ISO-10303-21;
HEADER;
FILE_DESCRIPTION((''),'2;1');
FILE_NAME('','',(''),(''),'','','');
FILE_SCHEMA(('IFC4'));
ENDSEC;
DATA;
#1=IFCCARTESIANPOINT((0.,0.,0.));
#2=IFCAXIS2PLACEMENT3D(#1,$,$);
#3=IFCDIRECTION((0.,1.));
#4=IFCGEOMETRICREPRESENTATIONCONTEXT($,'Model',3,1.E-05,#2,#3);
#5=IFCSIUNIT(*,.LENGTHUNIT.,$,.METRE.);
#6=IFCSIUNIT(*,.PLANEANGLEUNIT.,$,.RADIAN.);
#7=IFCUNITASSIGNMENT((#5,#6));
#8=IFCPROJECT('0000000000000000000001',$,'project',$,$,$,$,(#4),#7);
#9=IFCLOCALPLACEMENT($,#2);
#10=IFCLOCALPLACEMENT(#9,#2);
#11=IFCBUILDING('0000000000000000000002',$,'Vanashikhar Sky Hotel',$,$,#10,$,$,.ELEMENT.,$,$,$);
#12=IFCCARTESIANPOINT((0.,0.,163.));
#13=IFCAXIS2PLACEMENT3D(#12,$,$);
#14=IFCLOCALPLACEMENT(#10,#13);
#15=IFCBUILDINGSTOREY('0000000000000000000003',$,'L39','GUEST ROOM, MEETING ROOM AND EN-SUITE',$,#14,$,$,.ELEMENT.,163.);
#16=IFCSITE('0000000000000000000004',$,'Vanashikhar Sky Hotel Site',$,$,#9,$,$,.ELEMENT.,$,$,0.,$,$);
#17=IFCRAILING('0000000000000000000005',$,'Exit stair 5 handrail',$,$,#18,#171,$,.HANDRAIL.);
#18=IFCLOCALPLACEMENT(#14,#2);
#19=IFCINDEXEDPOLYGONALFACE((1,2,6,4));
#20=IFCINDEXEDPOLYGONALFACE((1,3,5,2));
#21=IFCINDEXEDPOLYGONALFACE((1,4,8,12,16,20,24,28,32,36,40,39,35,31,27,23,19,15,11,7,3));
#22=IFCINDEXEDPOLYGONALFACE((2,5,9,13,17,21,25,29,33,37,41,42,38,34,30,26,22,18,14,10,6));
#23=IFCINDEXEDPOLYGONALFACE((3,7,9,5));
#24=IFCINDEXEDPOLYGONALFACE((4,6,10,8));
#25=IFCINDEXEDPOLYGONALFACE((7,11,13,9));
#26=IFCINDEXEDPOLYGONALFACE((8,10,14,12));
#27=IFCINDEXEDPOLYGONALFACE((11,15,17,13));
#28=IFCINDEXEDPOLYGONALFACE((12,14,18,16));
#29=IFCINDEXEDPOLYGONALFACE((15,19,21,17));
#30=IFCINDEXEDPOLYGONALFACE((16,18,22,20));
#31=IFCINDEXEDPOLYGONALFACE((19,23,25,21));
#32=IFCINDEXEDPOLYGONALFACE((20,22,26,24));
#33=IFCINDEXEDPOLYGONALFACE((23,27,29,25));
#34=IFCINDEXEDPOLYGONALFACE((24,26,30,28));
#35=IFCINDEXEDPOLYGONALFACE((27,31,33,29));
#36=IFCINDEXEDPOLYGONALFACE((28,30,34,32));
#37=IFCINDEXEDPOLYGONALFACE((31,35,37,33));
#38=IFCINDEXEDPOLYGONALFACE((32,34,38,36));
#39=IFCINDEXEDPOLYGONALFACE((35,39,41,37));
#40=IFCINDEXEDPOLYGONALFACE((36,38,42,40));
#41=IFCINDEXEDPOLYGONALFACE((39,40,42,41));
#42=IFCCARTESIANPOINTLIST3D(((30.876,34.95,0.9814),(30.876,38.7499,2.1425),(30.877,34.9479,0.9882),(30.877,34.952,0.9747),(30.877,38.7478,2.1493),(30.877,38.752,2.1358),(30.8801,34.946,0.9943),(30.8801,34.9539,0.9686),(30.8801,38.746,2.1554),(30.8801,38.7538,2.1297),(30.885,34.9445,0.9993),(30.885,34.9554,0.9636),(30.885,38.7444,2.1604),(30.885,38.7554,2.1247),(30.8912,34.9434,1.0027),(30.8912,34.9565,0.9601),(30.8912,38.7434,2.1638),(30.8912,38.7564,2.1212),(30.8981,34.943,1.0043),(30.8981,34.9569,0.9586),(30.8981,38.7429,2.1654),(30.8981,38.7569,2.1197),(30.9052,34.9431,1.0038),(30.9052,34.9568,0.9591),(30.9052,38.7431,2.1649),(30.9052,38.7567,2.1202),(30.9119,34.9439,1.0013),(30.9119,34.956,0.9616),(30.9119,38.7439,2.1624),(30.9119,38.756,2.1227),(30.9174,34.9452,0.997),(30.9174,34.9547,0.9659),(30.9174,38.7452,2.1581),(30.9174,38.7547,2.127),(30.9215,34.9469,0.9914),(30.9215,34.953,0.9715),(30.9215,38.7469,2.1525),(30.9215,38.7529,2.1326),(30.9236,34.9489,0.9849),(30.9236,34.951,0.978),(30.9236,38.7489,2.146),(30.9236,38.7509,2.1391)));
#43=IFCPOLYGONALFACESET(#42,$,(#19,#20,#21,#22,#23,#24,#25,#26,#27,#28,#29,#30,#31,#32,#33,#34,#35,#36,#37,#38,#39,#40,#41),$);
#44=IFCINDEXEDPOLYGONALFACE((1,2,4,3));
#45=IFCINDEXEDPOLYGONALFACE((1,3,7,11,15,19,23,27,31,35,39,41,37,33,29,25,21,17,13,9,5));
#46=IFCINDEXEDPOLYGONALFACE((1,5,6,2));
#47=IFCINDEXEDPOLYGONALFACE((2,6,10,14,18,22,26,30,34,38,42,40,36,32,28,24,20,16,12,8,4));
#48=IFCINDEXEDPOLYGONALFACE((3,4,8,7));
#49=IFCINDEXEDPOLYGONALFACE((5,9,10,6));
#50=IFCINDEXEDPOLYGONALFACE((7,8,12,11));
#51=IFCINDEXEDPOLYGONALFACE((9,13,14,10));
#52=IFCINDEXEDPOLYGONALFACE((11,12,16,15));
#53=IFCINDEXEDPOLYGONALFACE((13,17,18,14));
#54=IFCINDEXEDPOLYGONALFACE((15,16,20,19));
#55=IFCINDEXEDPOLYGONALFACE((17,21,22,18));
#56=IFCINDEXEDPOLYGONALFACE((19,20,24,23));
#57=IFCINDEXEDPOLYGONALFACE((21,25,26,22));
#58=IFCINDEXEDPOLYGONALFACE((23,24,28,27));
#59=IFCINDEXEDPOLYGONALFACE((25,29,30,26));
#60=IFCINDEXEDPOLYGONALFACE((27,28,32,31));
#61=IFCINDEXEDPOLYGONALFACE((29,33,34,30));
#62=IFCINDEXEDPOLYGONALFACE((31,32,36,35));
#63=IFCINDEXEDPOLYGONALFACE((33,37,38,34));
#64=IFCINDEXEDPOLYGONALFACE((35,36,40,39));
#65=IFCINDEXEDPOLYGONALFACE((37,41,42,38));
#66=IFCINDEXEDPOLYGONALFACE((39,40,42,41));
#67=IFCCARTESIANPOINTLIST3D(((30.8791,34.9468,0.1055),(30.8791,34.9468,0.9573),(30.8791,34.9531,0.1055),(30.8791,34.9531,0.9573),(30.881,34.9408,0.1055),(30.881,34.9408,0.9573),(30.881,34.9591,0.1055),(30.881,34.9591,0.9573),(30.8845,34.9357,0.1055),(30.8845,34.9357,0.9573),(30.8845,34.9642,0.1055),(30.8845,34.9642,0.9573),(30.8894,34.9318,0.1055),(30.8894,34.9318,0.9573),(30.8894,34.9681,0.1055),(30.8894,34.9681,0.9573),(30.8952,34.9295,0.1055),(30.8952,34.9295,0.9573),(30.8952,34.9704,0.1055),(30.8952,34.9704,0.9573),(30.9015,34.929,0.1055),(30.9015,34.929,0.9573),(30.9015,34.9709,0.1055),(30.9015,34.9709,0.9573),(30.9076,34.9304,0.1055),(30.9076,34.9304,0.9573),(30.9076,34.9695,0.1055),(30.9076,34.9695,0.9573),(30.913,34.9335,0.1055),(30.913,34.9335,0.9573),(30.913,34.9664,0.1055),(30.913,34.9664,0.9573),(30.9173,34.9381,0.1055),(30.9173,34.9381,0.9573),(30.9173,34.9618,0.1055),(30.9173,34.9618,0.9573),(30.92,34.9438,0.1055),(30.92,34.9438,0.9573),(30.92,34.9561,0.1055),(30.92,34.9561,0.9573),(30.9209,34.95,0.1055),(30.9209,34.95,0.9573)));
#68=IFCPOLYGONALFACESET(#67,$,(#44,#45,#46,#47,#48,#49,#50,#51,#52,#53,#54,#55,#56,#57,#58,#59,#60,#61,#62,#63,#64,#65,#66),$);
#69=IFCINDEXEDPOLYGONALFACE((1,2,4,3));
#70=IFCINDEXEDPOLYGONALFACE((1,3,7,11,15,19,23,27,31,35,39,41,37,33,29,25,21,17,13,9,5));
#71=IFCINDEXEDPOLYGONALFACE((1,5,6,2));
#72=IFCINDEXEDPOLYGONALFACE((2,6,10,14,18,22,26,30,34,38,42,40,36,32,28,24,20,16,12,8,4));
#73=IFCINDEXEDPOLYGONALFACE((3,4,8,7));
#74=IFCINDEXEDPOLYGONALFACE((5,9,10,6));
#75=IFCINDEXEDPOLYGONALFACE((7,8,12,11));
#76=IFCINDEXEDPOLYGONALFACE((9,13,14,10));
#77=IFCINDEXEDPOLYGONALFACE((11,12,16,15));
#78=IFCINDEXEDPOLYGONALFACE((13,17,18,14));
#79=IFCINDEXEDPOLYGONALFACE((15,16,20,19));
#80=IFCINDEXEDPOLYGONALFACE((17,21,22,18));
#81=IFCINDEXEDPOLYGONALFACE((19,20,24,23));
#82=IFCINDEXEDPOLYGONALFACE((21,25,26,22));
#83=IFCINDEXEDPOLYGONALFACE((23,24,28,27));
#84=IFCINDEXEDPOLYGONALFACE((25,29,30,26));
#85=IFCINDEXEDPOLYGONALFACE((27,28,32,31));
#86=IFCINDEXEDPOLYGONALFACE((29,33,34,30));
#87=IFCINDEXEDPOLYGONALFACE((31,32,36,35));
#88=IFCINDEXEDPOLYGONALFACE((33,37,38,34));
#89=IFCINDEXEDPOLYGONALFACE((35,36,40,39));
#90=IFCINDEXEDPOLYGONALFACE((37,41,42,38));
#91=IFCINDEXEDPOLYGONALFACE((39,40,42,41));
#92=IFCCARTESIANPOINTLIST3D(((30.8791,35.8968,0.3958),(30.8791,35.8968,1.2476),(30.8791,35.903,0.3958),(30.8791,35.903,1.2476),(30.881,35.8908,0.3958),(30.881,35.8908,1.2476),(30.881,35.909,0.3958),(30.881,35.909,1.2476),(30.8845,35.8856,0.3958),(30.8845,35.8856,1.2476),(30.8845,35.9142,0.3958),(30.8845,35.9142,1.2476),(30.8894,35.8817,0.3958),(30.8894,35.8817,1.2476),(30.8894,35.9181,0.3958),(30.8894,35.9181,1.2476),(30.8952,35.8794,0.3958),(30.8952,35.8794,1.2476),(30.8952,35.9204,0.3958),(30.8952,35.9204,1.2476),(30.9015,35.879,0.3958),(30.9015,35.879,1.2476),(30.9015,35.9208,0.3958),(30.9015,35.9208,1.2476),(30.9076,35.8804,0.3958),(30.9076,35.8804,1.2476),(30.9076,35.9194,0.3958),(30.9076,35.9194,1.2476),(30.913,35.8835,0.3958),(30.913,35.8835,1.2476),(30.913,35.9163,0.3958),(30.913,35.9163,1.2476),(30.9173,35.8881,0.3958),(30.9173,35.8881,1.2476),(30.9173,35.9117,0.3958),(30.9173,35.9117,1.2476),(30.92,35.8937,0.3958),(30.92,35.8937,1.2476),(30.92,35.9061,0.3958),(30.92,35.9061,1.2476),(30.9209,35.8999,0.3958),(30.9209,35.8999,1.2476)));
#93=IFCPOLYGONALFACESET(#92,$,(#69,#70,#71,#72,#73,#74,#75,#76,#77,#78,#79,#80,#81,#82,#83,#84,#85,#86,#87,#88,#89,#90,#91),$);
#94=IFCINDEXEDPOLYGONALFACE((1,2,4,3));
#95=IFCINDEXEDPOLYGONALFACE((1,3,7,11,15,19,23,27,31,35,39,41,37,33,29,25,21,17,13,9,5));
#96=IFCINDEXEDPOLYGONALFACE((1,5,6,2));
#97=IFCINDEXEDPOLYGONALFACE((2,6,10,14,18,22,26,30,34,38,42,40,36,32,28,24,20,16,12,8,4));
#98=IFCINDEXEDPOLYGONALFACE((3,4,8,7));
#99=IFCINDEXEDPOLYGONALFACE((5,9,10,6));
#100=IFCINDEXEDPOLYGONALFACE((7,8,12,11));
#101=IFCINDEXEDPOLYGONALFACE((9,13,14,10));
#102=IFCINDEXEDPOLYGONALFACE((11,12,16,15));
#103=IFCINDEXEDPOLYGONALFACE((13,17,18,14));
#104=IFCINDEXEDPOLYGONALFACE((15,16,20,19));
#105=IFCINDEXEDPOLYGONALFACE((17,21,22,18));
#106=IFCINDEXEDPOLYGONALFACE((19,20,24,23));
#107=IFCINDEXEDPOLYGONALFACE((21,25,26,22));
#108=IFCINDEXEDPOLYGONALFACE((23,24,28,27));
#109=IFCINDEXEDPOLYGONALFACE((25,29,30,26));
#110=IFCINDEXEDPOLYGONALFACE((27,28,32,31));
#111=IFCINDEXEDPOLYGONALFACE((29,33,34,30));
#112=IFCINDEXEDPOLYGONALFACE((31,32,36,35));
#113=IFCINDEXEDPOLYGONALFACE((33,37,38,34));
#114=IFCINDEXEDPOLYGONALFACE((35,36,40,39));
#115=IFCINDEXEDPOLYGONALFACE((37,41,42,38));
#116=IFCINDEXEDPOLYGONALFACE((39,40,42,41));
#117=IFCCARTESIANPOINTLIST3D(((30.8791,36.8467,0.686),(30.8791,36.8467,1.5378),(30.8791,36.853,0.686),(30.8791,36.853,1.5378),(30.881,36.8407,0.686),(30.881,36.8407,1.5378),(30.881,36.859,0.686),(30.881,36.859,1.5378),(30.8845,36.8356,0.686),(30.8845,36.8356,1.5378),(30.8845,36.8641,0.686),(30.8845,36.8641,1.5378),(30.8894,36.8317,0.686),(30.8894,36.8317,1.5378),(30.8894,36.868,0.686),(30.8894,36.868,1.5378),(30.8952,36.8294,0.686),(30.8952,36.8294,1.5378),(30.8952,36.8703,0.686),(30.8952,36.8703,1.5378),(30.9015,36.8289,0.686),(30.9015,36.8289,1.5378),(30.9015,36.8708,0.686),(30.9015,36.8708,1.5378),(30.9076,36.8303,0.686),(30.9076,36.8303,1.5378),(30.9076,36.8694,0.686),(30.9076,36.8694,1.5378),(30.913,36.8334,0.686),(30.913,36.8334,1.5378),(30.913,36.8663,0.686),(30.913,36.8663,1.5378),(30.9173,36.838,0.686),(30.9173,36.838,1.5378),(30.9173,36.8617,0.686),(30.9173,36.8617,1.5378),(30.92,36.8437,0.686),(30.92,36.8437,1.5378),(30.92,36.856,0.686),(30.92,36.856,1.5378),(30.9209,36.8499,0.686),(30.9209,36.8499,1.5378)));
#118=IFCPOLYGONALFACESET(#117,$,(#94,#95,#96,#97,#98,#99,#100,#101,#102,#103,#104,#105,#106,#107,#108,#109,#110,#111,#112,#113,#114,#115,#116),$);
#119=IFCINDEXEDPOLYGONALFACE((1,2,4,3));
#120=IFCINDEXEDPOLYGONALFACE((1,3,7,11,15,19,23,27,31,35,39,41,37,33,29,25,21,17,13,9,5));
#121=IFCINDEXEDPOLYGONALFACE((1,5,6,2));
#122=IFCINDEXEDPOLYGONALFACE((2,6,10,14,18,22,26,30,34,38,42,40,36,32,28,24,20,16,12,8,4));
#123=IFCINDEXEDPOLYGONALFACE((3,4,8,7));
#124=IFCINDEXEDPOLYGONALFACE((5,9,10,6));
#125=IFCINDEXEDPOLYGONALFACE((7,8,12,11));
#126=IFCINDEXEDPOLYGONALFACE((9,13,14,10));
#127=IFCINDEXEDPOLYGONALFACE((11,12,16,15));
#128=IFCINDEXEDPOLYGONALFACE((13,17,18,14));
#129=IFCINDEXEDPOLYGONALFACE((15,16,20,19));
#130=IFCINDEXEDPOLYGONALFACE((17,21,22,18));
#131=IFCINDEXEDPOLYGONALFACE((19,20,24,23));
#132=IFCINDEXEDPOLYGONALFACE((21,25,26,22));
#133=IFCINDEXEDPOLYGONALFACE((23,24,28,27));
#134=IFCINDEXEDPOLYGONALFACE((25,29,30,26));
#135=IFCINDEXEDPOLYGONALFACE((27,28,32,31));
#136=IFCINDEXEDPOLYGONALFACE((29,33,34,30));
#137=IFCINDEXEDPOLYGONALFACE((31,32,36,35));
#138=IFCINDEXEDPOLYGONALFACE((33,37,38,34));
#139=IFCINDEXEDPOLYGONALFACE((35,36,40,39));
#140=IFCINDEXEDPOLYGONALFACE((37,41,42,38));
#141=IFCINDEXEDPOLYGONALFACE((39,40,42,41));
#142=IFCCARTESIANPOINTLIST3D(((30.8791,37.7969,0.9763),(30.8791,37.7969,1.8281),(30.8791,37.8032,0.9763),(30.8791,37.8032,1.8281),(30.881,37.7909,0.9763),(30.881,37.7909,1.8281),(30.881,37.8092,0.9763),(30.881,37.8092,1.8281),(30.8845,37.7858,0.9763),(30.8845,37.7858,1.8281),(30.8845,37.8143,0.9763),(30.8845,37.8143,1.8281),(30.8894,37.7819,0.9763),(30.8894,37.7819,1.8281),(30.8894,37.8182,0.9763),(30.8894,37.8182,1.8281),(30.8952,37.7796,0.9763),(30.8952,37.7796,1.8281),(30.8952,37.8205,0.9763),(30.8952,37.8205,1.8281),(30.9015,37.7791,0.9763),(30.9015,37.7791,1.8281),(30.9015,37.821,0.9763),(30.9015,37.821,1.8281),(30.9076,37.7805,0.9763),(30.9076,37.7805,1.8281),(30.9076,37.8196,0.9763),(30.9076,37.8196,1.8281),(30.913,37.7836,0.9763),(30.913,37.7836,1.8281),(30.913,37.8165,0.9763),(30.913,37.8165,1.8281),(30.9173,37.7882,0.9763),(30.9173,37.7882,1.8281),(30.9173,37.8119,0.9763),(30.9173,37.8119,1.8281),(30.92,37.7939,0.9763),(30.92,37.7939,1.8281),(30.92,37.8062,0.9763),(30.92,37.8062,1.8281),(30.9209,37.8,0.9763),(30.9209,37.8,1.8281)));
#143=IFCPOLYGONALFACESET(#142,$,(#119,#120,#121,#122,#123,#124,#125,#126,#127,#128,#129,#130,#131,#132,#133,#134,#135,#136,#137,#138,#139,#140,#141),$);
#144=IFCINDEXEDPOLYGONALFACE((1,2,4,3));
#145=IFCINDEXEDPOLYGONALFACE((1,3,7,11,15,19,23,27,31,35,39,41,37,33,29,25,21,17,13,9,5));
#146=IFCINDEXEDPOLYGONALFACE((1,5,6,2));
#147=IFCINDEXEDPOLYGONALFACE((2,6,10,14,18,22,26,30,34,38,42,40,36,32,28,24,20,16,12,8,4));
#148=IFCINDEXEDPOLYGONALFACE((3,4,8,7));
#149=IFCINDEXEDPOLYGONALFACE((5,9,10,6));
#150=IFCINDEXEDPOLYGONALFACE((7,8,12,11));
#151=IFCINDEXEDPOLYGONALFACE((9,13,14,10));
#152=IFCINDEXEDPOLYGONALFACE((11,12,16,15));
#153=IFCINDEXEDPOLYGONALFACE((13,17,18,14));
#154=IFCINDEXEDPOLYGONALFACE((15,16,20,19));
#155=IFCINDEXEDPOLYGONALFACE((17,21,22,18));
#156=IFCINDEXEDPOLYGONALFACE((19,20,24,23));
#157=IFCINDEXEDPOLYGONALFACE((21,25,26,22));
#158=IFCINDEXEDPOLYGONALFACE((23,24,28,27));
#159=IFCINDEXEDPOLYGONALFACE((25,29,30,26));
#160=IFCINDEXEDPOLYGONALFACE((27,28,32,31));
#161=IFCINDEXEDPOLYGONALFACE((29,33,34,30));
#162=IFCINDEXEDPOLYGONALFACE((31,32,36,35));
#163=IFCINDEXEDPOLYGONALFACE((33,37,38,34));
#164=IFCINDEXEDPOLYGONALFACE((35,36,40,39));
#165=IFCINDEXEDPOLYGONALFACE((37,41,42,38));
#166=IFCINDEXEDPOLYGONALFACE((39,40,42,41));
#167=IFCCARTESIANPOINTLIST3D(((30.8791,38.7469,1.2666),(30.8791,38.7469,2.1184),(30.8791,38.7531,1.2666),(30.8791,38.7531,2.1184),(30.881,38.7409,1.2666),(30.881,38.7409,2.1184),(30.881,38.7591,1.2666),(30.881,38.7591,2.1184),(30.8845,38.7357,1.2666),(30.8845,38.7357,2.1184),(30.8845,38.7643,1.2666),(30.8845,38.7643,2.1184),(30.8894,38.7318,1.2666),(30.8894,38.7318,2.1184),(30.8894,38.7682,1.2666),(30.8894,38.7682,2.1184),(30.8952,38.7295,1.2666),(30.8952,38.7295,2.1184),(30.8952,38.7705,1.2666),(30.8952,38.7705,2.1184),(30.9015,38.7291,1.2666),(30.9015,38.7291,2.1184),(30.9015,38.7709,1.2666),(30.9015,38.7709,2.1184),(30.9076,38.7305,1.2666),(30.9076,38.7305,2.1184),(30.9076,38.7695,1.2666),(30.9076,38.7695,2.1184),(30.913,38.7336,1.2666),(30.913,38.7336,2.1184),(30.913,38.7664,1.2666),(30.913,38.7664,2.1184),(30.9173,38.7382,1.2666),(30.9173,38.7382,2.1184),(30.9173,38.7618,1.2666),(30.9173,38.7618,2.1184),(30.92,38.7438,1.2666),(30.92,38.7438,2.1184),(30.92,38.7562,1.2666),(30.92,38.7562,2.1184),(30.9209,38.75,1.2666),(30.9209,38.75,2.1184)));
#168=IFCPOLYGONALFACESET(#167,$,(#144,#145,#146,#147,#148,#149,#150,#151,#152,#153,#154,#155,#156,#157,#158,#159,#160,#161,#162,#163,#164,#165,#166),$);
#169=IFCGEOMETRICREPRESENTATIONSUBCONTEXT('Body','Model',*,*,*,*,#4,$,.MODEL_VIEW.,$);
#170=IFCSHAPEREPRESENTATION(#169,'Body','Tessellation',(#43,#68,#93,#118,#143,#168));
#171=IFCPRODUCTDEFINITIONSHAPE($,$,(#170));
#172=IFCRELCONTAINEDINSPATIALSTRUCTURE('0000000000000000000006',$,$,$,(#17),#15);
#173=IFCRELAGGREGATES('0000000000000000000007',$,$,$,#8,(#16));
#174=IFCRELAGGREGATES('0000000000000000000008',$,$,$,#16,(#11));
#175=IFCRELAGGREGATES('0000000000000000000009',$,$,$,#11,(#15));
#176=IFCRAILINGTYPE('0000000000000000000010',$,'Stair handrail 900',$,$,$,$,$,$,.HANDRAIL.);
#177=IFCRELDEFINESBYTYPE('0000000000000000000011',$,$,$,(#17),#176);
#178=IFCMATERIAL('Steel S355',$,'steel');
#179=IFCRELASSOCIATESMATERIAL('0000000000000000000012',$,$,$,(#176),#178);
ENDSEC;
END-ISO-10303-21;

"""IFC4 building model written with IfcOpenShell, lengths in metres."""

from ifc_helpers import new_model, si_unit, direction, frame, origin, origin_2d, place, context, subcontext, project, spatial, circle, extrude, source, transform, mapped, material, type_object, element, save


model = new_model("IFC4")

# Units and contexts
model_context = context("Model", 3, precision=1e-05, world=origin(), true_north=direction((0.0, 1.0)))
body_context = subcontext(model_context, "Body", "Model", "MODEL_VIEW")
ifc_project = project(units=[si_unit("LENGTHUNIT", "METRE"), si_unit("PLANEANGLEUNIT", "RADIAN")], contexts=[model_context])

# Site, building, storey
site_placement = place(None, origin())
site = spatial("IfcSite", under=ifc_project, at=site_placement, Name="Vanashikhar Sky Hotel Site", CompositionType="ELEMENT", RefElevation=0.0)
building_placement = place(site_placement, origin())
building = spatial("IfcBuilding", under=site, at=building_placement, Name="Vanashikhar Sky Hotel", CompositionType="ELEMENT")
storey_placement = place(building_placement, frame((0.0, 0.0, 163.0)))
storey = spatial("IfcBuildingStorey", under=building, at=storey_placement, Name="L39", Description="GUEST ROOM, MEETING ROOM AND EN-SUITE", CompositionType="ELEMENT", Elevation=163.0)

# Railing
ifc_material_1 = material(Name="Steel S355", Category="steel")
railing_type = type_object("IfcRailingType", Name="Stair handrail 900", PredefinedType="HANDRAIL", material=ifc_material_1)
shared_shape_1 = source(origin(), body_context, "Body", "SweptSolid", [
    extrude(circle(Radius=0.0239, at=origin_2d()), frame((0.0, 0.0, 0.876), z_axis=(0.0, 0.956351, 0.29222), x_axis=(-1.0, 0.0, 0.0)), (0.0, 0.0, 1.0), 3.9734),
    extrude(circle(Radius=0.021, at=origin_2d()), origin(), (0.0, 0.0, 1.0), 0.8518),
    extrude(circle(Radius=0.021, at=origin_2d()), frame((0.0, 0.95, 0.2903)), (0.0, 0.0, 1.0), 0.8518),
    extrude(circle(Radius=0.021, at=origin_2d()), frame((0.0, 1.8999, 0.5806)), (0.0, 0.0, 1.0), 0.8518),
    extrude(circle(Radius=0.021, at=origin_2d()), frame((0.0, 2.8501, 0.8708)), (0.0, 0.0, 1.0), 0.8518),
    extrude(circle(Radius=0.021, at=origin_2d()), frame((0.0, 3.8, 1.1611)), (0.0, 0.0, 1.0), 0.8518),
])
for number, where, name in (
    (1, (30.8999, 34.95, 0.1055), "Exit stair 5 handrail"),
):
    element("IfcRailing", number, at=place(storey_placement, frame(where)), inside=storey, type_object=railing_type, Name=name, PredefinedType="HANDRAIL", context=body_context, shape_type="MappedRepresentation", body=[
        mapped(shared_shape_1, transform((0.0, 0.0, 0.0), scale=1.0)),
    ])

save(model, "model.ifc")
